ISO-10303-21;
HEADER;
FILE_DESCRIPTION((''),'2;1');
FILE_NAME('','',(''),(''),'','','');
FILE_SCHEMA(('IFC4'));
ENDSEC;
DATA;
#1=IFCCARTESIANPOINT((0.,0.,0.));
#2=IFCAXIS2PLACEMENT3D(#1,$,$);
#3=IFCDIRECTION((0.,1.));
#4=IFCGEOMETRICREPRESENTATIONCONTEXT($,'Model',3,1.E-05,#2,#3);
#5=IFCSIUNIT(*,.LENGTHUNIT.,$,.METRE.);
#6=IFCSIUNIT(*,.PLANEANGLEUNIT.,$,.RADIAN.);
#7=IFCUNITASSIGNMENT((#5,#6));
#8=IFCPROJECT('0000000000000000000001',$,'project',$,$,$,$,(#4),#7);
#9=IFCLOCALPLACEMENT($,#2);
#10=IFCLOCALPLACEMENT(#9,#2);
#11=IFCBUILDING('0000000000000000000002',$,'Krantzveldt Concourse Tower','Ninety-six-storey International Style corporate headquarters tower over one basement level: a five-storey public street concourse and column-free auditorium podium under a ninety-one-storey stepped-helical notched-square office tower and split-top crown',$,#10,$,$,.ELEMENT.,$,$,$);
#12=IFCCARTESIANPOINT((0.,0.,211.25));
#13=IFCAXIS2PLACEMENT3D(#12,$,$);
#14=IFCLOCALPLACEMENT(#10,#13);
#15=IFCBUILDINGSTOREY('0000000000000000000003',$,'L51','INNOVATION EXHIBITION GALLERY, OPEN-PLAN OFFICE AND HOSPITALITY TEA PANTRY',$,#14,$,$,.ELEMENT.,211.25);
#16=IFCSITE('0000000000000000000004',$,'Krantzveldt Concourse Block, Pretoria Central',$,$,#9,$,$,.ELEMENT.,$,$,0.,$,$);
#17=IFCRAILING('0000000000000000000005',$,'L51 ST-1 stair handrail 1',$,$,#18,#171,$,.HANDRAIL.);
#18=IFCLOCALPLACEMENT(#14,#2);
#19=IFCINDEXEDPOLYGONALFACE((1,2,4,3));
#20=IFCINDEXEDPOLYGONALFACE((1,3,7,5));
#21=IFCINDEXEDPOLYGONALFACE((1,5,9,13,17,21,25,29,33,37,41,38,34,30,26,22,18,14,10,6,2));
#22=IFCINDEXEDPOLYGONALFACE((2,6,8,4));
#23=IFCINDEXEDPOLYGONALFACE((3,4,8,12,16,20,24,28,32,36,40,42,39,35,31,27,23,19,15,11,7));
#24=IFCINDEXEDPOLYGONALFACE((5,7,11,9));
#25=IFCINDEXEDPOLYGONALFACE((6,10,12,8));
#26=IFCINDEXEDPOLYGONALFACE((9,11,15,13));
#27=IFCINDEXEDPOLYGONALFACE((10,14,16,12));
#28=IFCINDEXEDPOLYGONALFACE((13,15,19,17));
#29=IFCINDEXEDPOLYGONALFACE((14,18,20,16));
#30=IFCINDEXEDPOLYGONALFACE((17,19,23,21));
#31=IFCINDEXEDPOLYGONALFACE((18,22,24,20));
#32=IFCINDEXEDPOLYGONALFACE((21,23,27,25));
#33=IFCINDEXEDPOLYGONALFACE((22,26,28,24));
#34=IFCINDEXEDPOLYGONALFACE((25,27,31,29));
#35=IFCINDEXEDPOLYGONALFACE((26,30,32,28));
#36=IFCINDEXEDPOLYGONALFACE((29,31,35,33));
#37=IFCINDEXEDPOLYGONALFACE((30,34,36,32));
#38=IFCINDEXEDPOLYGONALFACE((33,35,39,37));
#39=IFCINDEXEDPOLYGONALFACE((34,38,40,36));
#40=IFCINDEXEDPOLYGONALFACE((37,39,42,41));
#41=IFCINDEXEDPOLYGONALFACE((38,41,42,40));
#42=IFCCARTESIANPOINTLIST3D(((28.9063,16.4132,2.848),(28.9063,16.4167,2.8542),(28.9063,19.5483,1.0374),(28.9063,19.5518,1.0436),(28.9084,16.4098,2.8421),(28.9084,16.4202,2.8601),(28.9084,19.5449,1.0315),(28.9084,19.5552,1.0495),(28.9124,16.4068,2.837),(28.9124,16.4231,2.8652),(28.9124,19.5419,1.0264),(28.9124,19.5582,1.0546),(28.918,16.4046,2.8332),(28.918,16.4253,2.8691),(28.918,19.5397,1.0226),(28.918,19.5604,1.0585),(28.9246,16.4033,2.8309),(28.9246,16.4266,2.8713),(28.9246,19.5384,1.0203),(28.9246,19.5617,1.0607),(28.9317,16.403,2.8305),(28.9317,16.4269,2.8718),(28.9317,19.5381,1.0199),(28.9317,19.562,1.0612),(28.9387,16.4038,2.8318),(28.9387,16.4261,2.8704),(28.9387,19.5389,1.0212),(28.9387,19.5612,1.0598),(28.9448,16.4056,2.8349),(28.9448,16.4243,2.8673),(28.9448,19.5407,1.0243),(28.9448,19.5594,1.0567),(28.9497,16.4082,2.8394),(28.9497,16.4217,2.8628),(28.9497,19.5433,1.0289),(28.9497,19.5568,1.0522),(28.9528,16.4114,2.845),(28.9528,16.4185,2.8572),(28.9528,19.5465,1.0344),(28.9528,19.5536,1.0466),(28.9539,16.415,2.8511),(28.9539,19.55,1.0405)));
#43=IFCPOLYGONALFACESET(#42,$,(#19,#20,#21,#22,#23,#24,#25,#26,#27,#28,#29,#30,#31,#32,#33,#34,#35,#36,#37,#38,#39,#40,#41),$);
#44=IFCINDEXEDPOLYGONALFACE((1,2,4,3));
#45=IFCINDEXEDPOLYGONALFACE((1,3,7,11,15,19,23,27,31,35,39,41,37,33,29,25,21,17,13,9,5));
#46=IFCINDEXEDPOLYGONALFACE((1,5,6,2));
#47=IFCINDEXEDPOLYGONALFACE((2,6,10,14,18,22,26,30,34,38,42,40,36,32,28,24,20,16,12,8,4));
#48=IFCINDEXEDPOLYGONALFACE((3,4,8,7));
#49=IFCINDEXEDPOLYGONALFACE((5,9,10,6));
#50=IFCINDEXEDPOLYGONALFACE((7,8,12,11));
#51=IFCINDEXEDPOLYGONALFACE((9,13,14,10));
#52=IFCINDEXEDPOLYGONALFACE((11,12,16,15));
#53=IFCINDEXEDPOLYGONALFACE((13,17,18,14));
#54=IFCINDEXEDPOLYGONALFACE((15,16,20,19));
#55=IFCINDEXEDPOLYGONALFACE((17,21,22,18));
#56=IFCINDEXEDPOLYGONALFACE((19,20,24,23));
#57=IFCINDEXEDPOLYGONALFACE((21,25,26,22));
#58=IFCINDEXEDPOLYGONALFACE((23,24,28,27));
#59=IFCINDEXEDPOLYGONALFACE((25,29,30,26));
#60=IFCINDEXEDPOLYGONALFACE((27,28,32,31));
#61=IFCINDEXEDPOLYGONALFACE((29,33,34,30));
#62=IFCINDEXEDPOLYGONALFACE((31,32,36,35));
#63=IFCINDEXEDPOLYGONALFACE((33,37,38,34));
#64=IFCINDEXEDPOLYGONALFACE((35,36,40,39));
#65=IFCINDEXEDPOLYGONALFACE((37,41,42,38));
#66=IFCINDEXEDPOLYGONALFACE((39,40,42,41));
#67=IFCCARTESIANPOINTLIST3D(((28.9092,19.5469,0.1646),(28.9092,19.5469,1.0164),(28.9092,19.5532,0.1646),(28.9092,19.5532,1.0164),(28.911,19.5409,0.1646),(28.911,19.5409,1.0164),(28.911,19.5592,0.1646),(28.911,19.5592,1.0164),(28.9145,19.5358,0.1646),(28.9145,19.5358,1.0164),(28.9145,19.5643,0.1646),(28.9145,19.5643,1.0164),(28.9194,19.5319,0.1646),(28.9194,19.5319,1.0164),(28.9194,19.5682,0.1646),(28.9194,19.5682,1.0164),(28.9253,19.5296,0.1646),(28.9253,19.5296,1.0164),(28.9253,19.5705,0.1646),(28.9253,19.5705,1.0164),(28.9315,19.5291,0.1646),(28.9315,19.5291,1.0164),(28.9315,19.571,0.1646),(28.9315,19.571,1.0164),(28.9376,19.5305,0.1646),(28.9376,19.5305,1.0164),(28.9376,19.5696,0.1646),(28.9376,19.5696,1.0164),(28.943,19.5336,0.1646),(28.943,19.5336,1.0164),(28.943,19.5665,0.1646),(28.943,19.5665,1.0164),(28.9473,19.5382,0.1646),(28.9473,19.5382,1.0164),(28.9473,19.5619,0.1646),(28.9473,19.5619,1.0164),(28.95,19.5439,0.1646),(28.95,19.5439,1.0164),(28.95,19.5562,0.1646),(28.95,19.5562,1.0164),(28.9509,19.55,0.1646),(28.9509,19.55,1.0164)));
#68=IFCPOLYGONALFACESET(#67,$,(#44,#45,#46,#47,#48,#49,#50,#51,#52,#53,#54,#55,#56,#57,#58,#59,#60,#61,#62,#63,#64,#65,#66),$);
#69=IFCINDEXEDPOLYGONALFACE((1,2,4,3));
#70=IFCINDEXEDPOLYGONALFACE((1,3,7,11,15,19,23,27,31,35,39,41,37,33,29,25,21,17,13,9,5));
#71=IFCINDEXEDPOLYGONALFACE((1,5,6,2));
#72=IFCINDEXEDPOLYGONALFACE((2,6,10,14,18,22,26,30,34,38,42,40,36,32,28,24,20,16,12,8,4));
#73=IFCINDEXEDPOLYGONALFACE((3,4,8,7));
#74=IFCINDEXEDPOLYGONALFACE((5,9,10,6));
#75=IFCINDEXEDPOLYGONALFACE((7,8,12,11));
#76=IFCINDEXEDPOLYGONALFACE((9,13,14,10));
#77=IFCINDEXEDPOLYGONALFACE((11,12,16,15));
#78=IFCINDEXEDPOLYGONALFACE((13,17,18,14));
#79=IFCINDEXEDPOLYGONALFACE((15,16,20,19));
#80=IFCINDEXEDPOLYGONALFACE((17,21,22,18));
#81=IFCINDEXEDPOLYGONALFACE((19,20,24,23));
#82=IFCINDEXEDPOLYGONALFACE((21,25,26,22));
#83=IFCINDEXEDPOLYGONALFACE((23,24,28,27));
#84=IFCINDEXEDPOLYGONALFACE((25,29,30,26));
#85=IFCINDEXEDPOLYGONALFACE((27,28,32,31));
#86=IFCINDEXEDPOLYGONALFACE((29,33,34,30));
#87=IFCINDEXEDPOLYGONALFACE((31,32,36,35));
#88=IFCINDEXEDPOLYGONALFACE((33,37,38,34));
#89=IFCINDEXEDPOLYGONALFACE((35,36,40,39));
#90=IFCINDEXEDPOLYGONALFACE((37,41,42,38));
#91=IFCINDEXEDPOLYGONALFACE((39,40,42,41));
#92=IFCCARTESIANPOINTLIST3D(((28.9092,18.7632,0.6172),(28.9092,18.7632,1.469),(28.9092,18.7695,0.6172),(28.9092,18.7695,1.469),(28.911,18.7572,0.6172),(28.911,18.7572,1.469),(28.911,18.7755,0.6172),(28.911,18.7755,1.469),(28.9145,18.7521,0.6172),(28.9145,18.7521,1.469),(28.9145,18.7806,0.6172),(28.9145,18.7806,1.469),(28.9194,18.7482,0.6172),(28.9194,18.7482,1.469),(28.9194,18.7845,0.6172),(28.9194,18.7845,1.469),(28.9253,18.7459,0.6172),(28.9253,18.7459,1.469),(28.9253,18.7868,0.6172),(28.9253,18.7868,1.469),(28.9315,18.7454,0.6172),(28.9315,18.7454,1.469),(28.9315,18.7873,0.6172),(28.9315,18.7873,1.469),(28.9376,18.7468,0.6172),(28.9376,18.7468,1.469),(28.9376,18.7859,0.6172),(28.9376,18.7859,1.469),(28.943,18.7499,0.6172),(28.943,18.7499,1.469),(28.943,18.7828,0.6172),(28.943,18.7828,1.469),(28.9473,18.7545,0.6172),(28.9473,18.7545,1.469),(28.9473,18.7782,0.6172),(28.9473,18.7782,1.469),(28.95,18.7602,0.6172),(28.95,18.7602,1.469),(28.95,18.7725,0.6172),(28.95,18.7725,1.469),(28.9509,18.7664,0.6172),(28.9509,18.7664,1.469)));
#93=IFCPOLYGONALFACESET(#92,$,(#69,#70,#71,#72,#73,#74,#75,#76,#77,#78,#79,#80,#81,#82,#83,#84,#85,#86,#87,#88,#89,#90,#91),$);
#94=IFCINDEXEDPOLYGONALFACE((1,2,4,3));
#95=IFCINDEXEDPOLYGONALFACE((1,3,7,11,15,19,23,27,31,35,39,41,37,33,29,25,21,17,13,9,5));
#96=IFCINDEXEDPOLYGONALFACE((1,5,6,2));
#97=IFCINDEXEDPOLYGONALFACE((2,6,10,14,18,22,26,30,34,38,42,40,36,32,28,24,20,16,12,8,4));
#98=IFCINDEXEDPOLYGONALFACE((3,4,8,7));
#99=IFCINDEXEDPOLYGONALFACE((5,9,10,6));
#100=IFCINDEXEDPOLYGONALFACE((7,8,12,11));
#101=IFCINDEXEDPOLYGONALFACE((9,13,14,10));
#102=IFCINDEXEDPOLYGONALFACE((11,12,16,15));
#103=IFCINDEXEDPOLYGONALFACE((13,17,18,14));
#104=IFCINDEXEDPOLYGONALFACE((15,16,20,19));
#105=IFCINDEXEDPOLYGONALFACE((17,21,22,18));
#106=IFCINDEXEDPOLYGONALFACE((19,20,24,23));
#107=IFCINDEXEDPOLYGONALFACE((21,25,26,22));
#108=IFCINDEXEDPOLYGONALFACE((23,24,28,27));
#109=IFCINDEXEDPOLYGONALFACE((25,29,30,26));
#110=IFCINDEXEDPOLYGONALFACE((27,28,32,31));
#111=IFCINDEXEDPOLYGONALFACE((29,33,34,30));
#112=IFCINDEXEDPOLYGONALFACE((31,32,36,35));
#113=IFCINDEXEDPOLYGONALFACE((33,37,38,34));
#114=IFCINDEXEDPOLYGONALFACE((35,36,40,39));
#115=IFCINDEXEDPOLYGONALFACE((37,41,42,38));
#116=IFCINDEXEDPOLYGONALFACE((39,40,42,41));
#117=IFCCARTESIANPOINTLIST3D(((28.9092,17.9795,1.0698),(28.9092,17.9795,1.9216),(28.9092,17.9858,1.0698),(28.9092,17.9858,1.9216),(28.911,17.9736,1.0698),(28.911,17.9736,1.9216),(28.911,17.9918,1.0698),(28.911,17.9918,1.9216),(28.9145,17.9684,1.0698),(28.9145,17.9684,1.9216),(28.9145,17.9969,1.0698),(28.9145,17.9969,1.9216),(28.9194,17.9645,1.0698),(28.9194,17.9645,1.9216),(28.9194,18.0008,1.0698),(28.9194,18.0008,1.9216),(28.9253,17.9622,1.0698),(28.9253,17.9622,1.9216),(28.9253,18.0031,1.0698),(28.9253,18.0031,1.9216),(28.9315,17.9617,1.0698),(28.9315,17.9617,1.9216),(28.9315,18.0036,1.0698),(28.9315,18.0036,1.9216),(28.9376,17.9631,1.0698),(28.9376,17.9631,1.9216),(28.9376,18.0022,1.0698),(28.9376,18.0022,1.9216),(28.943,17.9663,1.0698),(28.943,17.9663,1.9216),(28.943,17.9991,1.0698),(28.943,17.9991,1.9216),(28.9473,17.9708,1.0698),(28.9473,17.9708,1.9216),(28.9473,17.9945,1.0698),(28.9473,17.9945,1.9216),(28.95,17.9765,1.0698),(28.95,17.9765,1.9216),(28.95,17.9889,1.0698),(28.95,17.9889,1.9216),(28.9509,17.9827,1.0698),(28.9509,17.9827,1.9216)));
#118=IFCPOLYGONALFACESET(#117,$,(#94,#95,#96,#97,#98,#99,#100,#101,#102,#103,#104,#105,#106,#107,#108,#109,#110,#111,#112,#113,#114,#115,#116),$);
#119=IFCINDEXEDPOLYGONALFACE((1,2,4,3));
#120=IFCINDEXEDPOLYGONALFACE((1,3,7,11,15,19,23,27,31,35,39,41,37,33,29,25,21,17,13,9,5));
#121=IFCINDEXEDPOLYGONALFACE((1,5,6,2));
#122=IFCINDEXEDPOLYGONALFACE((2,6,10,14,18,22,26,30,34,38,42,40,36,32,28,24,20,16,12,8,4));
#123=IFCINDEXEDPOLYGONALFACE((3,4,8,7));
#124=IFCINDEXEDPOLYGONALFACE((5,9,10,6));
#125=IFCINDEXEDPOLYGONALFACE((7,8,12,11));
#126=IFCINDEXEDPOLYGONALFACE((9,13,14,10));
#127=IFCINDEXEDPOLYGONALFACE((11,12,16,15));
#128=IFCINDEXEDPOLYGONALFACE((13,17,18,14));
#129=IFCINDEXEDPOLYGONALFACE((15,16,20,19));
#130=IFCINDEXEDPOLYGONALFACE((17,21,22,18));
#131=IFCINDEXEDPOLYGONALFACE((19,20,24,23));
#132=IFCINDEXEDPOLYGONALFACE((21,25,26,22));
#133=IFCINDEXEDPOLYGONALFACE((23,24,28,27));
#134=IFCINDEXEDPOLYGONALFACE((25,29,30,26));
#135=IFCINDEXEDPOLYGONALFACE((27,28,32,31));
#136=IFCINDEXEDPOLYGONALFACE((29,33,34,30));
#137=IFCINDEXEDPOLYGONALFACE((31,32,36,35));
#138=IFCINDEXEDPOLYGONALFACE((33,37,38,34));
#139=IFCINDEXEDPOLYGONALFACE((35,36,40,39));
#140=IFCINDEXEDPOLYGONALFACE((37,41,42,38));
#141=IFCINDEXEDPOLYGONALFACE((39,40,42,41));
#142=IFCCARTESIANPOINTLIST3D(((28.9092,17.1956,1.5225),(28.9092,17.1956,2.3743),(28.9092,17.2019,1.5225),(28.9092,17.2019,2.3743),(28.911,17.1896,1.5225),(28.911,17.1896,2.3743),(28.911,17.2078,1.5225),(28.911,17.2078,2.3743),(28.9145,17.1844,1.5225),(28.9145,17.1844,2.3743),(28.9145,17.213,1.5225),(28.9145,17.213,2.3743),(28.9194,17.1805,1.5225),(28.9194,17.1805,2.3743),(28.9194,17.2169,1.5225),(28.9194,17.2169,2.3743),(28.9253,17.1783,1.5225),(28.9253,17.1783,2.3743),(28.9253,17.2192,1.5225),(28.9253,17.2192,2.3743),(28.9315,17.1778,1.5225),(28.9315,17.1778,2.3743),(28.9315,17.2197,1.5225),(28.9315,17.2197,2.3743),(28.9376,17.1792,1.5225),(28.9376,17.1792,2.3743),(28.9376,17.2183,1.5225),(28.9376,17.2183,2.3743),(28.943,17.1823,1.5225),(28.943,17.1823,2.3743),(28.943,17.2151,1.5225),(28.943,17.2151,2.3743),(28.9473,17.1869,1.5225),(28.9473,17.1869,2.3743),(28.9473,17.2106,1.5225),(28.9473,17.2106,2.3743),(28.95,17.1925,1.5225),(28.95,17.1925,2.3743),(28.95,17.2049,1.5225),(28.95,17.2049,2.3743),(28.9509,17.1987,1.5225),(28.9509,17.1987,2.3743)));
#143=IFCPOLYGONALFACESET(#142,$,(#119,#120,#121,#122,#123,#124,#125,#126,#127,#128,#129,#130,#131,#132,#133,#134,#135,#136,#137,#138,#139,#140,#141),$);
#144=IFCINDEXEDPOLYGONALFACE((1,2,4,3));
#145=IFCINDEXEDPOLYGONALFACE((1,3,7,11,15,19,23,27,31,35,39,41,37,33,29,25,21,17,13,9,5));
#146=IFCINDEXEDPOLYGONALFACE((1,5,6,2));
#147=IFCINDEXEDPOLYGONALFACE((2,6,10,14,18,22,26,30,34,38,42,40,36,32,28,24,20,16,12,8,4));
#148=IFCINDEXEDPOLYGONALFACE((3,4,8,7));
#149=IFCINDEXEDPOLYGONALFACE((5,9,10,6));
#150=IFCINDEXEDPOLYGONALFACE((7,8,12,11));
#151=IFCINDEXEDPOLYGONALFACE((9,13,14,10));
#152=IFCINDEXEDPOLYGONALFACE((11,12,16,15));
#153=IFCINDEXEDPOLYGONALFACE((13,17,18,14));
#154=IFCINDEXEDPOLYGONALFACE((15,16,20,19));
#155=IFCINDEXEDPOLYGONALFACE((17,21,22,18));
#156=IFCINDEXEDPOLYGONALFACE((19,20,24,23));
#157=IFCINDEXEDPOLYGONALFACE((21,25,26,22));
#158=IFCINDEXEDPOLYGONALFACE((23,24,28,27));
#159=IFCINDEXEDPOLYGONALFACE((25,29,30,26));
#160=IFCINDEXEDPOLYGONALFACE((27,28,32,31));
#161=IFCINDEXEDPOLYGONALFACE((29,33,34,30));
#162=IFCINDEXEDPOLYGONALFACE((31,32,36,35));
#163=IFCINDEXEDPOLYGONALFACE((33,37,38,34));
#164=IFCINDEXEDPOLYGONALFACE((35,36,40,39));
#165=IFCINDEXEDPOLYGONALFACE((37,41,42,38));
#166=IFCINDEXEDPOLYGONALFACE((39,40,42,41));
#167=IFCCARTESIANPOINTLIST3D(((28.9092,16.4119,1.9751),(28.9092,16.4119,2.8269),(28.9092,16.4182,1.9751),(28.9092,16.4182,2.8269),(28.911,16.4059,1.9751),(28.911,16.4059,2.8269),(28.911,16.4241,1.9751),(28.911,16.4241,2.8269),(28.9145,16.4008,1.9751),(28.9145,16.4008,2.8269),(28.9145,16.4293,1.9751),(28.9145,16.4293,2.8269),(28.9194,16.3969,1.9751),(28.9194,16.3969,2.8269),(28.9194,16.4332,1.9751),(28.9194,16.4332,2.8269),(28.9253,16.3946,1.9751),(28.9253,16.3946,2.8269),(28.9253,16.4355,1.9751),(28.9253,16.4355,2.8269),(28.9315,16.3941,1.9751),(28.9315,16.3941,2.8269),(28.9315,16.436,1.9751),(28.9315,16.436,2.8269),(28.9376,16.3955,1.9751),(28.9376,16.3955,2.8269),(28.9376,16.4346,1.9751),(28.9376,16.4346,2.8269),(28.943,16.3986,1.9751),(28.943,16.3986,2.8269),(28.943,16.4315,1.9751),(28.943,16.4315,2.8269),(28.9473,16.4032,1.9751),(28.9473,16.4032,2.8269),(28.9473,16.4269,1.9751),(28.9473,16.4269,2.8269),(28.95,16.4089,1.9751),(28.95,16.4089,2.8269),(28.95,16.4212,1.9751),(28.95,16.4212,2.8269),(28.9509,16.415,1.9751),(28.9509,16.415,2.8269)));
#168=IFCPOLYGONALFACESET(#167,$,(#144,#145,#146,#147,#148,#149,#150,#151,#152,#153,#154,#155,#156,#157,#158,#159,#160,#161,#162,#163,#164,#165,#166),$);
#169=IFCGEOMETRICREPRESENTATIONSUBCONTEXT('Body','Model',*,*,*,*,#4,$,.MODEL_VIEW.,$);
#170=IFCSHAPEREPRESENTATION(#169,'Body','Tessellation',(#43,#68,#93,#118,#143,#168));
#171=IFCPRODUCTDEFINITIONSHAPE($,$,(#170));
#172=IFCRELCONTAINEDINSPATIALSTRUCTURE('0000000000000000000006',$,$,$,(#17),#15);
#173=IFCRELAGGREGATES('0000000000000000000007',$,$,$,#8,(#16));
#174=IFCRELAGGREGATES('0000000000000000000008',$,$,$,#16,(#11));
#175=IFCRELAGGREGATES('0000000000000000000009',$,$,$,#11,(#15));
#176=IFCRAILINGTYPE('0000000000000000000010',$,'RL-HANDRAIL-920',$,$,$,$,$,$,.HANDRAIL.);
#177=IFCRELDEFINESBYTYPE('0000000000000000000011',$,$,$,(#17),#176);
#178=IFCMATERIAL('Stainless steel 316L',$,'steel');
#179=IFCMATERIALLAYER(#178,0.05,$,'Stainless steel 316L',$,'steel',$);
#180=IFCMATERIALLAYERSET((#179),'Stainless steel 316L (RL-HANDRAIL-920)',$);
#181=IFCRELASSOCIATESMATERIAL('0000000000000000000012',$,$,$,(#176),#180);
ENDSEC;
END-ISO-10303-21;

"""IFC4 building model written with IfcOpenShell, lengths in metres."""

from ifc_helpers import new_model, si_unit, direction, frame, origin, origin_2d, place, context, subcontext, project, spatial, circle, extrude, material, layer, layer_set, type_object, element, save


model = new_model("IFC4")

# Units and contexts
model_context = context("Model", 3, precision=1e-05, world=origin(), true_north=direction((0.0, 1.0)))
body_context = subcontext(model_context, "Body", "Model", "MODEL_VIEW")
ifc_project = project(units=[si_unit("LENGTHUNIT", "METRE"), si_unit("PLANEANGLEUNIT", "RADIAN")], contexts=[model_context])

# Site, building, storey
site_placement = place(None, origin())
site = spatial("IfcSite", under=ifc_project, at=site_placement, Name="Krantzveldt Concourse Block, Pretoria Central", CompositionType="ELEMENT", RefElevation=0.0)
building_placement = place(site_placement, origin())
building = spatial("IfcBuilding", under=site, at=building_placement, Name="Krantzveldt Concourse Tower", Description="Ninety-six-storey International Style corporate headquarters tower over one basement level: a five-storey public street concourse and column-free auditorium podium under a ninety-one-storey stepped-helical notched-square office tower and split-top crown", CompositionType="ELEMENT")
storey_placement = place(building_placement, frame((0.0, 0.0, 211.25)))
storey = spatial("IfcBuildingStorey", under=building, at=storey_placement, Name="L51", Description="INNOVATION EXHIBITION GALLERY, OPEN-PLAN OFFICE AND HOSPITALITY TEA PANTRY", CompositionType="ELEMENT", Elevation=211.25)

# Shared definitions
ifc_material_1 = material(Name="Stainless steel 316L", Category="steel")

# Railing
ifc_layer_1 = layer(ifc_material_1, 0.05, Name="Stainless steel 316L", Category="steel")
ifc_layer_set_1 = layer_set([ifc_layer_1], Name="Stainless steel 316L (RL-HANDRAIL-920)")
railing_type_1 = type_object("IfcRailingType", Name="RL-HANDRAIL-920", PredefinedType="HANDRAIL", material=ifc_layer_set_1)
railing_1_placement = place(storey_placement, frame((28.9299, 19.55, 0.1646)))
element("IfcRailing", 1, at=railing_1_placement, inside=storey, type_object=railing_type_1, Name="L51 ST-1 stair handrail 1", PredefinedType="HANDRAIL", context=body_context, shape_type="SweptSolid", body=[
    extrude(circle(Radius=0.0239, at=origin_2d()), frame((0.0, 0.0, 0.876), z_axis=(0.0, -0.86596, 0.500114), x_axis=(1.0, 0.0, 0.0)), (0.0, 0.0, 1.0), 3.6204),
    extrude(circle(Radius=0.021, at=origin_2d()), origin(), (0.0, 0.0, 1.0), 0.8518),
    extrude(circle(Radius=0.021, at=origin_2d()), frame((0.0, -0.7837, 0.4526)), (0.0, 0.0, 1.0), 0.8518),
    extrude(circle(Radius=0.021, at=origin_2d()), frame((0.0, -1.5674, 0.9053)), (0.0, 0.0, 1.0), 0.8518),
    extrude(circle(Radius=0.021, at=origin_2d()), frame((0.0, -2.3513, 1.3579)), (0.0, 0.0, 1.0), 0.8518),
    extrude(circle(Radius=0.021, at=origin_2d()), frame((0.0, -3.135, 1.8105)), (0.0, 0.0, 1.0), 0.8518),
])

save(model, "model.ifc")
